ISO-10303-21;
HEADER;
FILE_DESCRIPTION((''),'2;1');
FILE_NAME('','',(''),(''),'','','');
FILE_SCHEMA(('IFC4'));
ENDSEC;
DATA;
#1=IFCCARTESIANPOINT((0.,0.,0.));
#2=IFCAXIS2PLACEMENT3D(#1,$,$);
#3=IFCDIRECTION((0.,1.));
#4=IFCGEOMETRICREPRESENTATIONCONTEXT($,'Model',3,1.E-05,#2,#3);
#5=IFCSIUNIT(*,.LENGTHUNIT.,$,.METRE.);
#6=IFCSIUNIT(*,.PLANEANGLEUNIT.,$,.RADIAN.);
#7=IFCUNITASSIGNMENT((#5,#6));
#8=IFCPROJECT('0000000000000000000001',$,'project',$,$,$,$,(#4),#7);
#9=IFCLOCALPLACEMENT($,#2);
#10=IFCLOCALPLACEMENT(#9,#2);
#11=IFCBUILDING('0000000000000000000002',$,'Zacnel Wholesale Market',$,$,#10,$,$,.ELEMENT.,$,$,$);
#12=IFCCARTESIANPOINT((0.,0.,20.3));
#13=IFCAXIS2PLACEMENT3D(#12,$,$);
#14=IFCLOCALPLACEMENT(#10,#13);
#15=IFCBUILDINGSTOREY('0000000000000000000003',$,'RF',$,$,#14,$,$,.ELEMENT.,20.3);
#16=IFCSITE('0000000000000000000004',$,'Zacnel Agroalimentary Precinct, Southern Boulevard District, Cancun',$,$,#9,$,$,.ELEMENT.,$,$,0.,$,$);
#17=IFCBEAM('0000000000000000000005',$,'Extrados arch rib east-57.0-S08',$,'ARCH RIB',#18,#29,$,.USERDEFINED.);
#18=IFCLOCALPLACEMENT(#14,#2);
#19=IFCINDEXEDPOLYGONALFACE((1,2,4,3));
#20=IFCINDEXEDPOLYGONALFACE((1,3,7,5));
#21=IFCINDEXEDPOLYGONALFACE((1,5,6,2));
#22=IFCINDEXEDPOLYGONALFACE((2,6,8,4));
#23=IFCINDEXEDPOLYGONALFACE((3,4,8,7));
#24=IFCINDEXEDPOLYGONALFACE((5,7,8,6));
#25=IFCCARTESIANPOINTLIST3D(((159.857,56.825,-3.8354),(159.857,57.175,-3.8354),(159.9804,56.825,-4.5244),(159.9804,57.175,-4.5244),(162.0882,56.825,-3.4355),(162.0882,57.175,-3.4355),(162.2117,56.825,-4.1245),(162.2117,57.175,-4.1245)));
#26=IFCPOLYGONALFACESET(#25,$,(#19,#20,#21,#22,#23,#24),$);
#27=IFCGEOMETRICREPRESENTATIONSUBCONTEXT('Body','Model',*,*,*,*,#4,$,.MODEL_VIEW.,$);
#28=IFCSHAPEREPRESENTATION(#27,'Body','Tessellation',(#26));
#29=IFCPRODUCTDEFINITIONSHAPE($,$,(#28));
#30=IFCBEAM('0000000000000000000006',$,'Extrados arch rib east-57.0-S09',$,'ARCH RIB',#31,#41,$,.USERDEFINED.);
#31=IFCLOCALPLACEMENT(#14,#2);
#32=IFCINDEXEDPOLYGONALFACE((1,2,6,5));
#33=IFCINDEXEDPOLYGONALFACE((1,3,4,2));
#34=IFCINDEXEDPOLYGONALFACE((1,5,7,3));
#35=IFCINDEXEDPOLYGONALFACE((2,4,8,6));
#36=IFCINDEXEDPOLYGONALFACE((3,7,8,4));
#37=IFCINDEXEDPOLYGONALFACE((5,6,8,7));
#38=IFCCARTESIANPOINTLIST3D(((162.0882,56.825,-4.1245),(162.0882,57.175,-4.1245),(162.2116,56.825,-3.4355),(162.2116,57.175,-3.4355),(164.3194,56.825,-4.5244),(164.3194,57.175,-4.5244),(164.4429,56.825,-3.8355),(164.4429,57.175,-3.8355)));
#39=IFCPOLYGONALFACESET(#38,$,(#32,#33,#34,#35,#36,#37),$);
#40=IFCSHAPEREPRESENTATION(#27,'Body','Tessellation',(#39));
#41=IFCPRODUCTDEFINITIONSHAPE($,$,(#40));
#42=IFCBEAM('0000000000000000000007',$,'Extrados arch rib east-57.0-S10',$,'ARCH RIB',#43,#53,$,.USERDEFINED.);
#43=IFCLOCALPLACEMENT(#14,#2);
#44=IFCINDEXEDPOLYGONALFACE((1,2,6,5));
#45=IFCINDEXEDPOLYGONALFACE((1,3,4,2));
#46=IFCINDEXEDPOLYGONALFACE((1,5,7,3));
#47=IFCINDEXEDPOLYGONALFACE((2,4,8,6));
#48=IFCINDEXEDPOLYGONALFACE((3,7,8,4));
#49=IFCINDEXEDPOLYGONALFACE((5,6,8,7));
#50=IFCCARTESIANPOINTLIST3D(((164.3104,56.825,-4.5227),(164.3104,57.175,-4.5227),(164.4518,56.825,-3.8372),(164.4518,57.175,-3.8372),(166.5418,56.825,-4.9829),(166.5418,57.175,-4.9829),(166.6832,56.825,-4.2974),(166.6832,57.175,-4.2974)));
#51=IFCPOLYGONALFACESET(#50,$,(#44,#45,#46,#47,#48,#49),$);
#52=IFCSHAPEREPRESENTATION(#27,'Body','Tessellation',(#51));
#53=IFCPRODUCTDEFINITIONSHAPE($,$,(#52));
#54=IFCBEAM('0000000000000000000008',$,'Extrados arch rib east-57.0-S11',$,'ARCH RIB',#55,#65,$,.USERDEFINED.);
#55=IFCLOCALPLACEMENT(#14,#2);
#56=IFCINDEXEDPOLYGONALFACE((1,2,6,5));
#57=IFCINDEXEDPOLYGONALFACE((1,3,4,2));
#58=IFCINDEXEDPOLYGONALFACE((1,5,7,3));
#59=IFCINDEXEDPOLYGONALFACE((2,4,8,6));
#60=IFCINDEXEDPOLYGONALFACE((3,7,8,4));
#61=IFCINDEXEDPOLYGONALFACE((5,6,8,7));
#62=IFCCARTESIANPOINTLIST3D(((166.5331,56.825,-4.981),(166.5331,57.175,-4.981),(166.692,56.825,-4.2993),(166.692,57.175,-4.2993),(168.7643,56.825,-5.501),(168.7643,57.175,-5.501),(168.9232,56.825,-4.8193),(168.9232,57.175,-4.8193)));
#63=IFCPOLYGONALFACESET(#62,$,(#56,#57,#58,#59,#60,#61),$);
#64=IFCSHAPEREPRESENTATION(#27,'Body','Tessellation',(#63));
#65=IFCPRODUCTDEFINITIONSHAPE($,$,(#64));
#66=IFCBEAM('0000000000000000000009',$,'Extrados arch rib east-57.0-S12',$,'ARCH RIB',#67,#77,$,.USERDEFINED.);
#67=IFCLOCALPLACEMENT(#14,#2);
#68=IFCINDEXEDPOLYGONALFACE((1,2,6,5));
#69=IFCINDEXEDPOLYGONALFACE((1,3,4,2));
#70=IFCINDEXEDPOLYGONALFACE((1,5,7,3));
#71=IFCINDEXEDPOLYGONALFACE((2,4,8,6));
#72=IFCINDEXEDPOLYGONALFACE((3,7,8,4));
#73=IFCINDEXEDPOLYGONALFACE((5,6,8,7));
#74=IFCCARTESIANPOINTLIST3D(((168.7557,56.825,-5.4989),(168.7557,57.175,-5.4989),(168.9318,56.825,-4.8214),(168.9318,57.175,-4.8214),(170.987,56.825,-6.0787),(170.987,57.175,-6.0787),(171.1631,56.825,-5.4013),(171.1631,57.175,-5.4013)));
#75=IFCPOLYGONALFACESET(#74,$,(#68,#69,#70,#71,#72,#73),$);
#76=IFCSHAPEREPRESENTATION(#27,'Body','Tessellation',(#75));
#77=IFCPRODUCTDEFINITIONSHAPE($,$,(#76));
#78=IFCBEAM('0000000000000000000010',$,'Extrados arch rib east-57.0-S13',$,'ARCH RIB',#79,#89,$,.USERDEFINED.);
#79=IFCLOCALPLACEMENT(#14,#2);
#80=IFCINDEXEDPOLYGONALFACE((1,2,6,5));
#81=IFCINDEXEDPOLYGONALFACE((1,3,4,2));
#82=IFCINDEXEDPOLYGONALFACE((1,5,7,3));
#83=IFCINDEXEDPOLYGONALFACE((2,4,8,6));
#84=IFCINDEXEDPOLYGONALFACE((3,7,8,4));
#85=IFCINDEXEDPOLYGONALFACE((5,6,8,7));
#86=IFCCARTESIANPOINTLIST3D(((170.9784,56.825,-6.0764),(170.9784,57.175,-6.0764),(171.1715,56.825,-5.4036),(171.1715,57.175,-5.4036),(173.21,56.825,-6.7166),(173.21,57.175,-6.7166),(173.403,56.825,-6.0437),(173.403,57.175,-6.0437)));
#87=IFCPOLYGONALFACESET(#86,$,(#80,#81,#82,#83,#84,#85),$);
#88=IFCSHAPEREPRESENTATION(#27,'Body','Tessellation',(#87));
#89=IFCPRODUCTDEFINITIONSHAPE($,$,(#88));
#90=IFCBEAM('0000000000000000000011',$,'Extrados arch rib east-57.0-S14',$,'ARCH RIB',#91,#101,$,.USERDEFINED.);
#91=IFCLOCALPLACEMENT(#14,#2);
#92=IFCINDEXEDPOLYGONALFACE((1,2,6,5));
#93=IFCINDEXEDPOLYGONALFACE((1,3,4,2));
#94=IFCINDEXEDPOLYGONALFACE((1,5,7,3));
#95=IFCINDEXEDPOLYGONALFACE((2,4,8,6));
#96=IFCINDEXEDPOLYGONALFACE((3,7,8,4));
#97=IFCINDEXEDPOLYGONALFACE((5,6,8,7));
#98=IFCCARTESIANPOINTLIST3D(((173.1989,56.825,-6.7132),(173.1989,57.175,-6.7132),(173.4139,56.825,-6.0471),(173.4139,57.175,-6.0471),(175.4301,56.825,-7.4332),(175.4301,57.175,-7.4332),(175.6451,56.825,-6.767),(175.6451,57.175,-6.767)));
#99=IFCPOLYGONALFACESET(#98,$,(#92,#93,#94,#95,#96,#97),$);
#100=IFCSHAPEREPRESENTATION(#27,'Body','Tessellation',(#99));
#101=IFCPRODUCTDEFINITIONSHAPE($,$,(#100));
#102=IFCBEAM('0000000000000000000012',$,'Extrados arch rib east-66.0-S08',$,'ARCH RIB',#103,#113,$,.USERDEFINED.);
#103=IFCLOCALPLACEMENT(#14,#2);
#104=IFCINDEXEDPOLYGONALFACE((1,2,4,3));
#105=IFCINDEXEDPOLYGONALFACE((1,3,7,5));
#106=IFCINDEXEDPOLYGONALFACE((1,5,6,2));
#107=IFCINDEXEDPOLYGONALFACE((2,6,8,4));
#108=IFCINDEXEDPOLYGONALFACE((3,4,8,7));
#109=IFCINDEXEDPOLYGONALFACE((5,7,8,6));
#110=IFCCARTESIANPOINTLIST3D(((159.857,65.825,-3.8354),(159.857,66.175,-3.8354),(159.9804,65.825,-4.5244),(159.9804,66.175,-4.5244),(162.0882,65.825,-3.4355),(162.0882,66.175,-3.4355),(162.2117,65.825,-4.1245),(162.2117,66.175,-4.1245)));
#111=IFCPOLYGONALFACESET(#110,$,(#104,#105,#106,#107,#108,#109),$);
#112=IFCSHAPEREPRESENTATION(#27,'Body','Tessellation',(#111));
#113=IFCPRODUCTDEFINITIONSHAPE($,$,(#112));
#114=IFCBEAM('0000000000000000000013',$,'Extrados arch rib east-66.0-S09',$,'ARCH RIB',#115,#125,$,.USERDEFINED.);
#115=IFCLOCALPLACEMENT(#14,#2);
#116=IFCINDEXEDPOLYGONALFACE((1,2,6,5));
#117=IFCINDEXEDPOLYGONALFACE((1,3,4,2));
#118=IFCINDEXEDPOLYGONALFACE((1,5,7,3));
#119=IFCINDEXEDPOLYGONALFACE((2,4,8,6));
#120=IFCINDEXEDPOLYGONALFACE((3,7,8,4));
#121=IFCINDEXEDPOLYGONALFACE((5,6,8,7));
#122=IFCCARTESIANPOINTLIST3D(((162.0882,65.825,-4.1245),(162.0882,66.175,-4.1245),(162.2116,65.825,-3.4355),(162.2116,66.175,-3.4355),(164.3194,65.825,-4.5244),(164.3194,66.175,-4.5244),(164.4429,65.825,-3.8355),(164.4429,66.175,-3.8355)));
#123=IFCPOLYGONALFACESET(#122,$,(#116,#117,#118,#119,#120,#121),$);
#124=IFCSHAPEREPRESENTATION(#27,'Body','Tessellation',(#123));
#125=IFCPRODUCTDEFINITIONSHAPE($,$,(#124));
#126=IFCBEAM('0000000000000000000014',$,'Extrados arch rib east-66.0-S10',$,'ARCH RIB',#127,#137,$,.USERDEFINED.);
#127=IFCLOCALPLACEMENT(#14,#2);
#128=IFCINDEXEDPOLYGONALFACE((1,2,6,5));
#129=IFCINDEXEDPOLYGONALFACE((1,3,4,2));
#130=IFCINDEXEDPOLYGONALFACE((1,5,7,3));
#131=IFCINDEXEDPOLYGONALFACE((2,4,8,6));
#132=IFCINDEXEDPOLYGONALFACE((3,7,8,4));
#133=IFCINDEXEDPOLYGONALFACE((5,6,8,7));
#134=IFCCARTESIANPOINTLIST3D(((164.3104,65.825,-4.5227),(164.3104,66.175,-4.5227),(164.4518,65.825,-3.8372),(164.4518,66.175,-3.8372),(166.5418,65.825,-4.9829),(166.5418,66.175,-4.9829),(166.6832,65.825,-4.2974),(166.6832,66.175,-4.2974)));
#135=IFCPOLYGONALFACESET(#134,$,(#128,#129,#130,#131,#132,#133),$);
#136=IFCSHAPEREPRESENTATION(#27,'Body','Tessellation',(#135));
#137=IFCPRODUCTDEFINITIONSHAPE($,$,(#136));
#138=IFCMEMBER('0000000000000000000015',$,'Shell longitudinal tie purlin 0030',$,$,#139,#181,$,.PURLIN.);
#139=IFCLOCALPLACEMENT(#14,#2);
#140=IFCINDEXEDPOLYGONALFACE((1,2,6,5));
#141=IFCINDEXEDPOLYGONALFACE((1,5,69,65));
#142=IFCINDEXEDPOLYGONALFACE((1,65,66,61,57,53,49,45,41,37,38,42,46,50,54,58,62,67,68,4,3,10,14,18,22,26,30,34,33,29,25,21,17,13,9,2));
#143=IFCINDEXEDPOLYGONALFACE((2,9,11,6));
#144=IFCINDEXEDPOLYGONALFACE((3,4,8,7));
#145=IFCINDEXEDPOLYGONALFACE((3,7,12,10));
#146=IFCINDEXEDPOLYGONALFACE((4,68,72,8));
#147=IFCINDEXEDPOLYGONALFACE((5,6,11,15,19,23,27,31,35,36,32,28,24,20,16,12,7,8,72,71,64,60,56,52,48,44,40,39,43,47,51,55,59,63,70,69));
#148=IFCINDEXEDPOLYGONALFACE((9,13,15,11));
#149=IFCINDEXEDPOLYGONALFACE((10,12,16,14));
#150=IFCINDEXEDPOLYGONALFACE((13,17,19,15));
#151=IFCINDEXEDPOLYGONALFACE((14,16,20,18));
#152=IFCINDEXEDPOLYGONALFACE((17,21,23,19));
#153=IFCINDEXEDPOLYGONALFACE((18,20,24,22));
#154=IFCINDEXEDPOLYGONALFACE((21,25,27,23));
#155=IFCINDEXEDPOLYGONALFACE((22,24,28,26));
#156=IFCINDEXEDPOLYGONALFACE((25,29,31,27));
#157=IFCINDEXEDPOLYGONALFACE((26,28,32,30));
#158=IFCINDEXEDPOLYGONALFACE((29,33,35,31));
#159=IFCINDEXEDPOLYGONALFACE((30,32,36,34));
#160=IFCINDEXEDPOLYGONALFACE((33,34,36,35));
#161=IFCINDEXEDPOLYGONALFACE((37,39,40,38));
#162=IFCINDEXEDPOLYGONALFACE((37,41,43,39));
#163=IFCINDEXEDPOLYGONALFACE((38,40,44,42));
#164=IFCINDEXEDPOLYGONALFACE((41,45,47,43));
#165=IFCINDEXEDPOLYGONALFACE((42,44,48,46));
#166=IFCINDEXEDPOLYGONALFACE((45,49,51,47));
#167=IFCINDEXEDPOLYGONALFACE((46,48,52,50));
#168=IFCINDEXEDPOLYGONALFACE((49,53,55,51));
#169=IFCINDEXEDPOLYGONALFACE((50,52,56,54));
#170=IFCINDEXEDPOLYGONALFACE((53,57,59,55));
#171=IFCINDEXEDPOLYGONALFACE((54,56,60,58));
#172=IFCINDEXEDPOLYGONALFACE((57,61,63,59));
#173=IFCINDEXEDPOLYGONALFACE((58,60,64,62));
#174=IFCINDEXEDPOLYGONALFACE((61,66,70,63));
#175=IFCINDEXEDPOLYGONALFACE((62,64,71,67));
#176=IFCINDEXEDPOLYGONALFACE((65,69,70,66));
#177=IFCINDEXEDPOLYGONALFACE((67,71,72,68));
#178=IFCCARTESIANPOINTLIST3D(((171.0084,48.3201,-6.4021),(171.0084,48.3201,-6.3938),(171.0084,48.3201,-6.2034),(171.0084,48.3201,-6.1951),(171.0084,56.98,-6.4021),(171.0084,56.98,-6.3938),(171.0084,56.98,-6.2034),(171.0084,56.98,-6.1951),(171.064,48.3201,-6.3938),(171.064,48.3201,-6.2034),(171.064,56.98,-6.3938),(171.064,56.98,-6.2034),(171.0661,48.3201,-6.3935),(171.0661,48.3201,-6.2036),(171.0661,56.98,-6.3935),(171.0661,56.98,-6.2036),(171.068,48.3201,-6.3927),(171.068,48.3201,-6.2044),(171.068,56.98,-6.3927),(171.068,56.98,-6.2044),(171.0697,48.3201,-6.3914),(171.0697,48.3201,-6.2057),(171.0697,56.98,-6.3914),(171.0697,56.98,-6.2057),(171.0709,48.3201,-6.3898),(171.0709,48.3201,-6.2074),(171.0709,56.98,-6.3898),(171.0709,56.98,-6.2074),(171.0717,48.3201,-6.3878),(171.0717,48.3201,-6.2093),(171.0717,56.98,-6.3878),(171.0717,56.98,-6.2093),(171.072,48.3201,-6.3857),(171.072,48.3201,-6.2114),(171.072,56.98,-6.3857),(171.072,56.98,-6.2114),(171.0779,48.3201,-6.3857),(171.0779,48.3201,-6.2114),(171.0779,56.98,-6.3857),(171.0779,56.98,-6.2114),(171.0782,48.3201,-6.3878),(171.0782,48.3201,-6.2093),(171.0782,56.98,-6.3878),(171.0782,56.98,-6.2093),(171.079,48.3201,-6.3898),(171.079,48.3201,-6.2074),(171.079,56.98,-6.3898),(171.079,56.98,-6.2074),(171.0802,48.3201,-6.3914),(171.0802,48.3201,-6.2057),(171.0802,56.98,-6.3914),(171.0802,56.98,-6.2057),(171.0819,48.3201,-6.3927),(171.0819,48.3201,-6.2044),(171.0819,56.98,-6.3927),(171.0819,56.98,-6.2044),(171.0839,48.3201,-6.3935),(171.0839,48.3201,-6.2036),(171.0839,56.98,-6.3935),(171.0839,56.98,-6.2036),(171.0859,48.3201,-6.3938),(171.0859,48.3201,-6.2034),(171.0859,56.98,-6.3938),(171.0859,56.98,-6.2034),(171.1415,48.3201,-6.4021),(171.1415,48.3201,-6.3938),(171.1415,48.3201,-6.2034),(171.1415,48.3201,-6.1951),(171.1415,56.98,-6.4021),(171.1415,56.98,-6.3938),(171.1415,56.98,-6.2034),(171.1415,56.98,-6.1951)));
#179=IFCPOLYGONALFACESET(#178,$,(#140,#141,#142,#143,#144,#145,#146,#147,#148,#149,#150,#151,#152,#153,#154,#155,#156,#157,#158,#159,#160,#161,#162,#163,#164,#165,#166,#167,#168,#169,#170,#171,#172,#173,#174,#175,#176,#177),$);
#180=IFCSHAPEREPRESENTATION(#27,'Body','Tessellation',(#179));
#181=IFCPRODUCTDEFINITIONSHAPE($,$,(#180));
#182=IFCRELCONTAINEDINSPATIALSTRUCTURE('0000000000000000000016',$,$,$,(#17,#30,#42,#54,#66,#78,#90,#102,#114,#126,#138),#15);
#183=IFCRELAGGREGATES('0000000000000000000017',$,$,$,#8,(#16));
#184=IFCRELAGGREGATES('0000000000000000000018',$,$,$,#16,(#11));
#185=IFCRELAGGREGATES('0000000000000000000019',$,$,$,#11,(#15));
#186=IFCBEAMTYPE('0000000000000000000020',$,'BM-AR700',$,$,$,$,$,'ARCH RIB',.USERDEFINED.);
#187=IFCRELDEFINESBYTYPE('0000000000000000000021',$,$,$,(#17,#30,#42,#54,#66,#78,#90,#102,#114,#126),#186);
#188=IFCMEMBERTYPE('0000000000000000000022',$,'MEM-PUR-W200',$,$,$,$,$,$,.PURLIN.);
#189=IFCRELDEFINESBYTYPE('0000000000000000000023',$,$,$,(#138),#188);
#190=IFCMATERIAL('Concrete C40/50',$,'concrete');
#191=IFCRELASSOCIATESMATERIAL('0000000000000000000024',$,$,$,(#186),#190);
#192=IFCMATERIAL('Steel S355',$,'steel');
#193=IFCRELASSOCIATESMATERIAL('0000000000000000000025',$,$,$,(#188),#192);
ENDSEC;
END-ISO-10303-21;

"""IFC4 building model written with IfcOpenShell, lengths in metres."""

from ifc_helpers import new_model, si_unit, direction, frame, origin, origin_2d, place, context, subcontext, project, spatial, rectangle, i_section, extrude, material, material_profile, profile_set, type_object, element, save


model = new_model("IFC4")

# Units and contexts
model_context = context("Model", 3, precision=1e-05, world=origin(), true_north=direction((0.0, 1.0)))
body_context = subcontext(model_context, "Body", "Model", "MODEL_VIEW")
ifc_project = project(units=[si_unit("LENGTHUNIT", "METRE"), si_unit("PLANEANGLEUNIT", "RADIAN")], contexts=[model_context])

# Site, building, storey
site_placement = place(None, origin())
site = spatial("IfcSite", under=ifc_project, at=site_placement, Name="Zacnel Agroalimentary Precinct, Southern Boulevard District, Cancun", CompositionType="ELEMENT", RefElevation=0.0)
building_placement = place(site_placement, origin())
building = spatial("IfcBuilding", under=site, at=building_placement, Name="Zacnel Wholesale Market", CompositionType="ELEMENT")
storey_placement = place(building_placement, frame((0.0, 0.0, 20.3)))
storey = spatial("IfcBuildingStorey", under=building, at=storey_placement, Name="RF", CompositionType="ELEMENT", Elevation=20.3)

# Beams
ifc_material_1 = material(Name="Concrete C40/50", Category="concrete")
ifc_material_profile_1 = material_profile(ifc_material_1, rectangle(XDim=0.3501, YDim=0.7, at=origin_2d()), Name="ARCH RIB 350x700")
ifc_profile_set_1 = profile_set([ifc_material_profile_1], Name="Concrete C40/50")
beam_type = type_object("IfcBeamType", Name="BM-AR700", ElementType="ARCH RIB", PredefinedType="USERDEFINED", material=ifc_profile_set_1)
for number, where, z_axis, x_axis, name in (
    (1, (159.9187, 57.0, -4.1799), (0.984315, 0.0, 0.176421), (0.0, 1.0, 0.0), "Extrados arch rib east-57.0-S08"),
    (2, (162.1499, 57.0, -3.78), (0.984315, 0.0, -0.176421), (0.0, 1.0, 0.0), "Extrados arch rib east-57.0-S09"),
):
    element("IfcBeam", number, at=place(storey_placement, frame(where, z_axis=z_axis, x_axis=x_axis)), inside=storey, type_object=beam_type, Name=name, ObjectType="ARCH RIB", PredefinedType="USERDEFINED", context=body_context, shape_type="SweptSolid", body=[
        extrude(rectangle(XDim=0.3501, YDim=0.7, at=origin_2d()), origin(), (0.0, 0.0, 1.0), 2.2668),
    ])
beam_1_placement = place(storey_placement, frame((164.3811, 57.0, -4.1799), z_axis=(0.979389, 0.0, -0.201985), x_axis=(0.0, 1.0, 0.0)))
element("IfcBeam", 3, at=beam_1_placement, inside=storey, type_object=beam_type, Name="Extrados arch rib east-57.0-S10", ObjectType="ARCH RIB", PredefinedType="USERDEFINED", context=body_context, shape_type="SweptSolid", body=[
    extrude(rectangle(XDim=0.3501, YDim=0.7, at=origin_2d()), origin(), (0.0, 0.0, 1.0), 2.2783),
])
beam_2_placement = place(storey_placement, frame((166.6125, 57.0, -4.6401), z_axis=(0.973899, 0.0, -0.226984), x_axis=(0.0, 1.0, 0.0)))
element("IfcBeam", 4, at=beam_2_placement, inside=storey, type_object=beam_type, Name="Extrados arch rib east-57.0-S11", ObjectType="ARCH RIB", PredefinedType="USERDEFINED", context=body_context, shape_type="SweptSolid", body=[
    extrude(rectangle(XDim=0.3501, YDim=0.7, at=origin_2d()), origin(), (0.0, 0.0, 1.0), 2.291),
])
beam_3_placement = place(storey_placement, frame((168.8438, 57.0, -5.1602), z_axis=(0.967852, 0.0, -0.251521), x_axis=(0.0, 1.0, 0.0)))
element("IfcBeam", 5, at=beam_3_placement, inside=storey, type_object=beam_type, Name="Extrados arch rib east-57.0-S12", ObjectType="ARCH RIB", PredefinedType="USERDEFINED", context=body_context, shape_type="SweptSolid", body=[
    extrude(rectangle(XDim=0.3501, YDim=0.7, at=origin_2d()), origin(), (0.0, 0.0, 1.0), 2.3054),
])
beam_4_placement = place(storey_placement, frame((171.075, 57.0, -5.74), z_axis=(0.96123, 0.0, -0.275749), x_axis=(0.0, 1.0, 0.0)))
element("IfcBeam", 6, at=beam_4_placement, inside=storey, type_object=beam_type, Name="Extrados arch rib east-57.0-S13", ObjectType="ARCH RIB", PredefinedType="USERDEFINED", context=body_context, shape_type="SweptSolid", body=[
    extrude(rectangle(XDim=0.3501, YDim=0.7, at=origin_2d()), origin(), (0.0, 0.0, 1.0), 2.3215),
])
beam_5_placement = place(storey_placement, frame((173.3064, 57.0, -6.3801), z_axis=(0.95168, 0.0, -0.307091), x_axis=(0.0, 1.0, 0.0)))
element("IfcBeam", 7, at=beam_5_placement, inside=storey, type_object=beam_type, Name="Extrados arch rib east-57.0-S14", ObjectType="ARCH RIB", PredefinedType="USERDEFINED", context=body_context, shape_type="SweptSolid", body=[
    extrude(rectangle(XDim=0.3501, YDim=0.7, at=origin_2d()), origin(), (0.0, 0.0, 1.0), 2.3445),
])
for number, where, z_axis, x_axis, name in (
    (8, (159.9187, 66.0, -4.1799), (0.984315, 0.0, 0.176421), (0.0, 1.0, 0.0), "Extrados arch rib east-66.0-S08"),
    (9, (162.1499, 66.0, -3.78), (0.984315, 0.0, -0.176421), (0.0, 1.0, 0.0), "Extrados arch rib east-66.0-S09"),
):
    element("IfcBeam", number, at=place(storey_placement, frame(where, z_axis=z_axis, x_axis=x_axis)), inside=storey, type_object=beam_type, Name=name, ObjectType="ARCH RIB", PredefinedType="USERDEFINED", context=body_context, shape_type="SweptSolid", body=[
        extrude(rectangle(XDim=0.3501, YDim=0.7, at=origin_2d()), origin(), (0.0, 0.0, 1.0), 2.2668),
    ])
beam_6_placement = place(storey_placement, frame((164.3811, 66.0, -4.1799), z_axis=(0.979389, 0.0, -0.201985), x_axis=(0.0, 1.0, 0.0)))
element("IfcBeam", 10, at=beam_6_placement, inside=storey, type_object=beam_type, Name="Extrados arch rib east-66.0-S10", ObjectType="ARCH RIB", PredefinedType="USERDEFINED", context=body_context, shape_type="SweptSolid", body=[
    extrude(rectangle(XDim=0.3501, YDim=0.7, at=origin_2d()), origin(), (0.0, 0.0, 1.0), 2.2783),
])

# Member
ifc_material_2 = material(Name="Steel S355", Category="steel")
ifc_material_profile_2 = material_profile(ifc_material_2, i_section(OverallWidth=0.1331, OverallDepth=0.207, WebThickness=0.0059, FlangeThickness=0.0083, FilletRadius=0.0081, at=origin_2d()), Name="W200X26.6")
ifc_profile_set_2 = profile_set([ifc_material_profile_2], Name="Steel S355")
member_type_1 = type_object("IfcMemberType", Name="MEM-PUR-W200", PredefinedType="PURLIN", material=ifc_profile_set_2)
member_1_placement = place(storey_placement, frame((171.075, 48.3201, -6.2986), z_axis=(0.0, 1.0, 0.0), x_axis=(-1.0, 0.0, 0.0)))
element("IfcMember", 11, at=member_1_placement, inside=storey, type_object=member_type_1, Name="Shell longitudinal tie purlin 0030", PredefinedType="PURLIN", context=body_context, shape_type="SweptSolid", body=[
    extrude(i_section(OverallWidth=0.1331, OverallDepth=0.207, WebThickness=0.0059, FlangeThickness=0.0083, FilletRadius=0.0081, at=origin_2d()), origin(), (0.0, 0.0, 1.0), 8.6599),
])

save(model, "model.ifc")
